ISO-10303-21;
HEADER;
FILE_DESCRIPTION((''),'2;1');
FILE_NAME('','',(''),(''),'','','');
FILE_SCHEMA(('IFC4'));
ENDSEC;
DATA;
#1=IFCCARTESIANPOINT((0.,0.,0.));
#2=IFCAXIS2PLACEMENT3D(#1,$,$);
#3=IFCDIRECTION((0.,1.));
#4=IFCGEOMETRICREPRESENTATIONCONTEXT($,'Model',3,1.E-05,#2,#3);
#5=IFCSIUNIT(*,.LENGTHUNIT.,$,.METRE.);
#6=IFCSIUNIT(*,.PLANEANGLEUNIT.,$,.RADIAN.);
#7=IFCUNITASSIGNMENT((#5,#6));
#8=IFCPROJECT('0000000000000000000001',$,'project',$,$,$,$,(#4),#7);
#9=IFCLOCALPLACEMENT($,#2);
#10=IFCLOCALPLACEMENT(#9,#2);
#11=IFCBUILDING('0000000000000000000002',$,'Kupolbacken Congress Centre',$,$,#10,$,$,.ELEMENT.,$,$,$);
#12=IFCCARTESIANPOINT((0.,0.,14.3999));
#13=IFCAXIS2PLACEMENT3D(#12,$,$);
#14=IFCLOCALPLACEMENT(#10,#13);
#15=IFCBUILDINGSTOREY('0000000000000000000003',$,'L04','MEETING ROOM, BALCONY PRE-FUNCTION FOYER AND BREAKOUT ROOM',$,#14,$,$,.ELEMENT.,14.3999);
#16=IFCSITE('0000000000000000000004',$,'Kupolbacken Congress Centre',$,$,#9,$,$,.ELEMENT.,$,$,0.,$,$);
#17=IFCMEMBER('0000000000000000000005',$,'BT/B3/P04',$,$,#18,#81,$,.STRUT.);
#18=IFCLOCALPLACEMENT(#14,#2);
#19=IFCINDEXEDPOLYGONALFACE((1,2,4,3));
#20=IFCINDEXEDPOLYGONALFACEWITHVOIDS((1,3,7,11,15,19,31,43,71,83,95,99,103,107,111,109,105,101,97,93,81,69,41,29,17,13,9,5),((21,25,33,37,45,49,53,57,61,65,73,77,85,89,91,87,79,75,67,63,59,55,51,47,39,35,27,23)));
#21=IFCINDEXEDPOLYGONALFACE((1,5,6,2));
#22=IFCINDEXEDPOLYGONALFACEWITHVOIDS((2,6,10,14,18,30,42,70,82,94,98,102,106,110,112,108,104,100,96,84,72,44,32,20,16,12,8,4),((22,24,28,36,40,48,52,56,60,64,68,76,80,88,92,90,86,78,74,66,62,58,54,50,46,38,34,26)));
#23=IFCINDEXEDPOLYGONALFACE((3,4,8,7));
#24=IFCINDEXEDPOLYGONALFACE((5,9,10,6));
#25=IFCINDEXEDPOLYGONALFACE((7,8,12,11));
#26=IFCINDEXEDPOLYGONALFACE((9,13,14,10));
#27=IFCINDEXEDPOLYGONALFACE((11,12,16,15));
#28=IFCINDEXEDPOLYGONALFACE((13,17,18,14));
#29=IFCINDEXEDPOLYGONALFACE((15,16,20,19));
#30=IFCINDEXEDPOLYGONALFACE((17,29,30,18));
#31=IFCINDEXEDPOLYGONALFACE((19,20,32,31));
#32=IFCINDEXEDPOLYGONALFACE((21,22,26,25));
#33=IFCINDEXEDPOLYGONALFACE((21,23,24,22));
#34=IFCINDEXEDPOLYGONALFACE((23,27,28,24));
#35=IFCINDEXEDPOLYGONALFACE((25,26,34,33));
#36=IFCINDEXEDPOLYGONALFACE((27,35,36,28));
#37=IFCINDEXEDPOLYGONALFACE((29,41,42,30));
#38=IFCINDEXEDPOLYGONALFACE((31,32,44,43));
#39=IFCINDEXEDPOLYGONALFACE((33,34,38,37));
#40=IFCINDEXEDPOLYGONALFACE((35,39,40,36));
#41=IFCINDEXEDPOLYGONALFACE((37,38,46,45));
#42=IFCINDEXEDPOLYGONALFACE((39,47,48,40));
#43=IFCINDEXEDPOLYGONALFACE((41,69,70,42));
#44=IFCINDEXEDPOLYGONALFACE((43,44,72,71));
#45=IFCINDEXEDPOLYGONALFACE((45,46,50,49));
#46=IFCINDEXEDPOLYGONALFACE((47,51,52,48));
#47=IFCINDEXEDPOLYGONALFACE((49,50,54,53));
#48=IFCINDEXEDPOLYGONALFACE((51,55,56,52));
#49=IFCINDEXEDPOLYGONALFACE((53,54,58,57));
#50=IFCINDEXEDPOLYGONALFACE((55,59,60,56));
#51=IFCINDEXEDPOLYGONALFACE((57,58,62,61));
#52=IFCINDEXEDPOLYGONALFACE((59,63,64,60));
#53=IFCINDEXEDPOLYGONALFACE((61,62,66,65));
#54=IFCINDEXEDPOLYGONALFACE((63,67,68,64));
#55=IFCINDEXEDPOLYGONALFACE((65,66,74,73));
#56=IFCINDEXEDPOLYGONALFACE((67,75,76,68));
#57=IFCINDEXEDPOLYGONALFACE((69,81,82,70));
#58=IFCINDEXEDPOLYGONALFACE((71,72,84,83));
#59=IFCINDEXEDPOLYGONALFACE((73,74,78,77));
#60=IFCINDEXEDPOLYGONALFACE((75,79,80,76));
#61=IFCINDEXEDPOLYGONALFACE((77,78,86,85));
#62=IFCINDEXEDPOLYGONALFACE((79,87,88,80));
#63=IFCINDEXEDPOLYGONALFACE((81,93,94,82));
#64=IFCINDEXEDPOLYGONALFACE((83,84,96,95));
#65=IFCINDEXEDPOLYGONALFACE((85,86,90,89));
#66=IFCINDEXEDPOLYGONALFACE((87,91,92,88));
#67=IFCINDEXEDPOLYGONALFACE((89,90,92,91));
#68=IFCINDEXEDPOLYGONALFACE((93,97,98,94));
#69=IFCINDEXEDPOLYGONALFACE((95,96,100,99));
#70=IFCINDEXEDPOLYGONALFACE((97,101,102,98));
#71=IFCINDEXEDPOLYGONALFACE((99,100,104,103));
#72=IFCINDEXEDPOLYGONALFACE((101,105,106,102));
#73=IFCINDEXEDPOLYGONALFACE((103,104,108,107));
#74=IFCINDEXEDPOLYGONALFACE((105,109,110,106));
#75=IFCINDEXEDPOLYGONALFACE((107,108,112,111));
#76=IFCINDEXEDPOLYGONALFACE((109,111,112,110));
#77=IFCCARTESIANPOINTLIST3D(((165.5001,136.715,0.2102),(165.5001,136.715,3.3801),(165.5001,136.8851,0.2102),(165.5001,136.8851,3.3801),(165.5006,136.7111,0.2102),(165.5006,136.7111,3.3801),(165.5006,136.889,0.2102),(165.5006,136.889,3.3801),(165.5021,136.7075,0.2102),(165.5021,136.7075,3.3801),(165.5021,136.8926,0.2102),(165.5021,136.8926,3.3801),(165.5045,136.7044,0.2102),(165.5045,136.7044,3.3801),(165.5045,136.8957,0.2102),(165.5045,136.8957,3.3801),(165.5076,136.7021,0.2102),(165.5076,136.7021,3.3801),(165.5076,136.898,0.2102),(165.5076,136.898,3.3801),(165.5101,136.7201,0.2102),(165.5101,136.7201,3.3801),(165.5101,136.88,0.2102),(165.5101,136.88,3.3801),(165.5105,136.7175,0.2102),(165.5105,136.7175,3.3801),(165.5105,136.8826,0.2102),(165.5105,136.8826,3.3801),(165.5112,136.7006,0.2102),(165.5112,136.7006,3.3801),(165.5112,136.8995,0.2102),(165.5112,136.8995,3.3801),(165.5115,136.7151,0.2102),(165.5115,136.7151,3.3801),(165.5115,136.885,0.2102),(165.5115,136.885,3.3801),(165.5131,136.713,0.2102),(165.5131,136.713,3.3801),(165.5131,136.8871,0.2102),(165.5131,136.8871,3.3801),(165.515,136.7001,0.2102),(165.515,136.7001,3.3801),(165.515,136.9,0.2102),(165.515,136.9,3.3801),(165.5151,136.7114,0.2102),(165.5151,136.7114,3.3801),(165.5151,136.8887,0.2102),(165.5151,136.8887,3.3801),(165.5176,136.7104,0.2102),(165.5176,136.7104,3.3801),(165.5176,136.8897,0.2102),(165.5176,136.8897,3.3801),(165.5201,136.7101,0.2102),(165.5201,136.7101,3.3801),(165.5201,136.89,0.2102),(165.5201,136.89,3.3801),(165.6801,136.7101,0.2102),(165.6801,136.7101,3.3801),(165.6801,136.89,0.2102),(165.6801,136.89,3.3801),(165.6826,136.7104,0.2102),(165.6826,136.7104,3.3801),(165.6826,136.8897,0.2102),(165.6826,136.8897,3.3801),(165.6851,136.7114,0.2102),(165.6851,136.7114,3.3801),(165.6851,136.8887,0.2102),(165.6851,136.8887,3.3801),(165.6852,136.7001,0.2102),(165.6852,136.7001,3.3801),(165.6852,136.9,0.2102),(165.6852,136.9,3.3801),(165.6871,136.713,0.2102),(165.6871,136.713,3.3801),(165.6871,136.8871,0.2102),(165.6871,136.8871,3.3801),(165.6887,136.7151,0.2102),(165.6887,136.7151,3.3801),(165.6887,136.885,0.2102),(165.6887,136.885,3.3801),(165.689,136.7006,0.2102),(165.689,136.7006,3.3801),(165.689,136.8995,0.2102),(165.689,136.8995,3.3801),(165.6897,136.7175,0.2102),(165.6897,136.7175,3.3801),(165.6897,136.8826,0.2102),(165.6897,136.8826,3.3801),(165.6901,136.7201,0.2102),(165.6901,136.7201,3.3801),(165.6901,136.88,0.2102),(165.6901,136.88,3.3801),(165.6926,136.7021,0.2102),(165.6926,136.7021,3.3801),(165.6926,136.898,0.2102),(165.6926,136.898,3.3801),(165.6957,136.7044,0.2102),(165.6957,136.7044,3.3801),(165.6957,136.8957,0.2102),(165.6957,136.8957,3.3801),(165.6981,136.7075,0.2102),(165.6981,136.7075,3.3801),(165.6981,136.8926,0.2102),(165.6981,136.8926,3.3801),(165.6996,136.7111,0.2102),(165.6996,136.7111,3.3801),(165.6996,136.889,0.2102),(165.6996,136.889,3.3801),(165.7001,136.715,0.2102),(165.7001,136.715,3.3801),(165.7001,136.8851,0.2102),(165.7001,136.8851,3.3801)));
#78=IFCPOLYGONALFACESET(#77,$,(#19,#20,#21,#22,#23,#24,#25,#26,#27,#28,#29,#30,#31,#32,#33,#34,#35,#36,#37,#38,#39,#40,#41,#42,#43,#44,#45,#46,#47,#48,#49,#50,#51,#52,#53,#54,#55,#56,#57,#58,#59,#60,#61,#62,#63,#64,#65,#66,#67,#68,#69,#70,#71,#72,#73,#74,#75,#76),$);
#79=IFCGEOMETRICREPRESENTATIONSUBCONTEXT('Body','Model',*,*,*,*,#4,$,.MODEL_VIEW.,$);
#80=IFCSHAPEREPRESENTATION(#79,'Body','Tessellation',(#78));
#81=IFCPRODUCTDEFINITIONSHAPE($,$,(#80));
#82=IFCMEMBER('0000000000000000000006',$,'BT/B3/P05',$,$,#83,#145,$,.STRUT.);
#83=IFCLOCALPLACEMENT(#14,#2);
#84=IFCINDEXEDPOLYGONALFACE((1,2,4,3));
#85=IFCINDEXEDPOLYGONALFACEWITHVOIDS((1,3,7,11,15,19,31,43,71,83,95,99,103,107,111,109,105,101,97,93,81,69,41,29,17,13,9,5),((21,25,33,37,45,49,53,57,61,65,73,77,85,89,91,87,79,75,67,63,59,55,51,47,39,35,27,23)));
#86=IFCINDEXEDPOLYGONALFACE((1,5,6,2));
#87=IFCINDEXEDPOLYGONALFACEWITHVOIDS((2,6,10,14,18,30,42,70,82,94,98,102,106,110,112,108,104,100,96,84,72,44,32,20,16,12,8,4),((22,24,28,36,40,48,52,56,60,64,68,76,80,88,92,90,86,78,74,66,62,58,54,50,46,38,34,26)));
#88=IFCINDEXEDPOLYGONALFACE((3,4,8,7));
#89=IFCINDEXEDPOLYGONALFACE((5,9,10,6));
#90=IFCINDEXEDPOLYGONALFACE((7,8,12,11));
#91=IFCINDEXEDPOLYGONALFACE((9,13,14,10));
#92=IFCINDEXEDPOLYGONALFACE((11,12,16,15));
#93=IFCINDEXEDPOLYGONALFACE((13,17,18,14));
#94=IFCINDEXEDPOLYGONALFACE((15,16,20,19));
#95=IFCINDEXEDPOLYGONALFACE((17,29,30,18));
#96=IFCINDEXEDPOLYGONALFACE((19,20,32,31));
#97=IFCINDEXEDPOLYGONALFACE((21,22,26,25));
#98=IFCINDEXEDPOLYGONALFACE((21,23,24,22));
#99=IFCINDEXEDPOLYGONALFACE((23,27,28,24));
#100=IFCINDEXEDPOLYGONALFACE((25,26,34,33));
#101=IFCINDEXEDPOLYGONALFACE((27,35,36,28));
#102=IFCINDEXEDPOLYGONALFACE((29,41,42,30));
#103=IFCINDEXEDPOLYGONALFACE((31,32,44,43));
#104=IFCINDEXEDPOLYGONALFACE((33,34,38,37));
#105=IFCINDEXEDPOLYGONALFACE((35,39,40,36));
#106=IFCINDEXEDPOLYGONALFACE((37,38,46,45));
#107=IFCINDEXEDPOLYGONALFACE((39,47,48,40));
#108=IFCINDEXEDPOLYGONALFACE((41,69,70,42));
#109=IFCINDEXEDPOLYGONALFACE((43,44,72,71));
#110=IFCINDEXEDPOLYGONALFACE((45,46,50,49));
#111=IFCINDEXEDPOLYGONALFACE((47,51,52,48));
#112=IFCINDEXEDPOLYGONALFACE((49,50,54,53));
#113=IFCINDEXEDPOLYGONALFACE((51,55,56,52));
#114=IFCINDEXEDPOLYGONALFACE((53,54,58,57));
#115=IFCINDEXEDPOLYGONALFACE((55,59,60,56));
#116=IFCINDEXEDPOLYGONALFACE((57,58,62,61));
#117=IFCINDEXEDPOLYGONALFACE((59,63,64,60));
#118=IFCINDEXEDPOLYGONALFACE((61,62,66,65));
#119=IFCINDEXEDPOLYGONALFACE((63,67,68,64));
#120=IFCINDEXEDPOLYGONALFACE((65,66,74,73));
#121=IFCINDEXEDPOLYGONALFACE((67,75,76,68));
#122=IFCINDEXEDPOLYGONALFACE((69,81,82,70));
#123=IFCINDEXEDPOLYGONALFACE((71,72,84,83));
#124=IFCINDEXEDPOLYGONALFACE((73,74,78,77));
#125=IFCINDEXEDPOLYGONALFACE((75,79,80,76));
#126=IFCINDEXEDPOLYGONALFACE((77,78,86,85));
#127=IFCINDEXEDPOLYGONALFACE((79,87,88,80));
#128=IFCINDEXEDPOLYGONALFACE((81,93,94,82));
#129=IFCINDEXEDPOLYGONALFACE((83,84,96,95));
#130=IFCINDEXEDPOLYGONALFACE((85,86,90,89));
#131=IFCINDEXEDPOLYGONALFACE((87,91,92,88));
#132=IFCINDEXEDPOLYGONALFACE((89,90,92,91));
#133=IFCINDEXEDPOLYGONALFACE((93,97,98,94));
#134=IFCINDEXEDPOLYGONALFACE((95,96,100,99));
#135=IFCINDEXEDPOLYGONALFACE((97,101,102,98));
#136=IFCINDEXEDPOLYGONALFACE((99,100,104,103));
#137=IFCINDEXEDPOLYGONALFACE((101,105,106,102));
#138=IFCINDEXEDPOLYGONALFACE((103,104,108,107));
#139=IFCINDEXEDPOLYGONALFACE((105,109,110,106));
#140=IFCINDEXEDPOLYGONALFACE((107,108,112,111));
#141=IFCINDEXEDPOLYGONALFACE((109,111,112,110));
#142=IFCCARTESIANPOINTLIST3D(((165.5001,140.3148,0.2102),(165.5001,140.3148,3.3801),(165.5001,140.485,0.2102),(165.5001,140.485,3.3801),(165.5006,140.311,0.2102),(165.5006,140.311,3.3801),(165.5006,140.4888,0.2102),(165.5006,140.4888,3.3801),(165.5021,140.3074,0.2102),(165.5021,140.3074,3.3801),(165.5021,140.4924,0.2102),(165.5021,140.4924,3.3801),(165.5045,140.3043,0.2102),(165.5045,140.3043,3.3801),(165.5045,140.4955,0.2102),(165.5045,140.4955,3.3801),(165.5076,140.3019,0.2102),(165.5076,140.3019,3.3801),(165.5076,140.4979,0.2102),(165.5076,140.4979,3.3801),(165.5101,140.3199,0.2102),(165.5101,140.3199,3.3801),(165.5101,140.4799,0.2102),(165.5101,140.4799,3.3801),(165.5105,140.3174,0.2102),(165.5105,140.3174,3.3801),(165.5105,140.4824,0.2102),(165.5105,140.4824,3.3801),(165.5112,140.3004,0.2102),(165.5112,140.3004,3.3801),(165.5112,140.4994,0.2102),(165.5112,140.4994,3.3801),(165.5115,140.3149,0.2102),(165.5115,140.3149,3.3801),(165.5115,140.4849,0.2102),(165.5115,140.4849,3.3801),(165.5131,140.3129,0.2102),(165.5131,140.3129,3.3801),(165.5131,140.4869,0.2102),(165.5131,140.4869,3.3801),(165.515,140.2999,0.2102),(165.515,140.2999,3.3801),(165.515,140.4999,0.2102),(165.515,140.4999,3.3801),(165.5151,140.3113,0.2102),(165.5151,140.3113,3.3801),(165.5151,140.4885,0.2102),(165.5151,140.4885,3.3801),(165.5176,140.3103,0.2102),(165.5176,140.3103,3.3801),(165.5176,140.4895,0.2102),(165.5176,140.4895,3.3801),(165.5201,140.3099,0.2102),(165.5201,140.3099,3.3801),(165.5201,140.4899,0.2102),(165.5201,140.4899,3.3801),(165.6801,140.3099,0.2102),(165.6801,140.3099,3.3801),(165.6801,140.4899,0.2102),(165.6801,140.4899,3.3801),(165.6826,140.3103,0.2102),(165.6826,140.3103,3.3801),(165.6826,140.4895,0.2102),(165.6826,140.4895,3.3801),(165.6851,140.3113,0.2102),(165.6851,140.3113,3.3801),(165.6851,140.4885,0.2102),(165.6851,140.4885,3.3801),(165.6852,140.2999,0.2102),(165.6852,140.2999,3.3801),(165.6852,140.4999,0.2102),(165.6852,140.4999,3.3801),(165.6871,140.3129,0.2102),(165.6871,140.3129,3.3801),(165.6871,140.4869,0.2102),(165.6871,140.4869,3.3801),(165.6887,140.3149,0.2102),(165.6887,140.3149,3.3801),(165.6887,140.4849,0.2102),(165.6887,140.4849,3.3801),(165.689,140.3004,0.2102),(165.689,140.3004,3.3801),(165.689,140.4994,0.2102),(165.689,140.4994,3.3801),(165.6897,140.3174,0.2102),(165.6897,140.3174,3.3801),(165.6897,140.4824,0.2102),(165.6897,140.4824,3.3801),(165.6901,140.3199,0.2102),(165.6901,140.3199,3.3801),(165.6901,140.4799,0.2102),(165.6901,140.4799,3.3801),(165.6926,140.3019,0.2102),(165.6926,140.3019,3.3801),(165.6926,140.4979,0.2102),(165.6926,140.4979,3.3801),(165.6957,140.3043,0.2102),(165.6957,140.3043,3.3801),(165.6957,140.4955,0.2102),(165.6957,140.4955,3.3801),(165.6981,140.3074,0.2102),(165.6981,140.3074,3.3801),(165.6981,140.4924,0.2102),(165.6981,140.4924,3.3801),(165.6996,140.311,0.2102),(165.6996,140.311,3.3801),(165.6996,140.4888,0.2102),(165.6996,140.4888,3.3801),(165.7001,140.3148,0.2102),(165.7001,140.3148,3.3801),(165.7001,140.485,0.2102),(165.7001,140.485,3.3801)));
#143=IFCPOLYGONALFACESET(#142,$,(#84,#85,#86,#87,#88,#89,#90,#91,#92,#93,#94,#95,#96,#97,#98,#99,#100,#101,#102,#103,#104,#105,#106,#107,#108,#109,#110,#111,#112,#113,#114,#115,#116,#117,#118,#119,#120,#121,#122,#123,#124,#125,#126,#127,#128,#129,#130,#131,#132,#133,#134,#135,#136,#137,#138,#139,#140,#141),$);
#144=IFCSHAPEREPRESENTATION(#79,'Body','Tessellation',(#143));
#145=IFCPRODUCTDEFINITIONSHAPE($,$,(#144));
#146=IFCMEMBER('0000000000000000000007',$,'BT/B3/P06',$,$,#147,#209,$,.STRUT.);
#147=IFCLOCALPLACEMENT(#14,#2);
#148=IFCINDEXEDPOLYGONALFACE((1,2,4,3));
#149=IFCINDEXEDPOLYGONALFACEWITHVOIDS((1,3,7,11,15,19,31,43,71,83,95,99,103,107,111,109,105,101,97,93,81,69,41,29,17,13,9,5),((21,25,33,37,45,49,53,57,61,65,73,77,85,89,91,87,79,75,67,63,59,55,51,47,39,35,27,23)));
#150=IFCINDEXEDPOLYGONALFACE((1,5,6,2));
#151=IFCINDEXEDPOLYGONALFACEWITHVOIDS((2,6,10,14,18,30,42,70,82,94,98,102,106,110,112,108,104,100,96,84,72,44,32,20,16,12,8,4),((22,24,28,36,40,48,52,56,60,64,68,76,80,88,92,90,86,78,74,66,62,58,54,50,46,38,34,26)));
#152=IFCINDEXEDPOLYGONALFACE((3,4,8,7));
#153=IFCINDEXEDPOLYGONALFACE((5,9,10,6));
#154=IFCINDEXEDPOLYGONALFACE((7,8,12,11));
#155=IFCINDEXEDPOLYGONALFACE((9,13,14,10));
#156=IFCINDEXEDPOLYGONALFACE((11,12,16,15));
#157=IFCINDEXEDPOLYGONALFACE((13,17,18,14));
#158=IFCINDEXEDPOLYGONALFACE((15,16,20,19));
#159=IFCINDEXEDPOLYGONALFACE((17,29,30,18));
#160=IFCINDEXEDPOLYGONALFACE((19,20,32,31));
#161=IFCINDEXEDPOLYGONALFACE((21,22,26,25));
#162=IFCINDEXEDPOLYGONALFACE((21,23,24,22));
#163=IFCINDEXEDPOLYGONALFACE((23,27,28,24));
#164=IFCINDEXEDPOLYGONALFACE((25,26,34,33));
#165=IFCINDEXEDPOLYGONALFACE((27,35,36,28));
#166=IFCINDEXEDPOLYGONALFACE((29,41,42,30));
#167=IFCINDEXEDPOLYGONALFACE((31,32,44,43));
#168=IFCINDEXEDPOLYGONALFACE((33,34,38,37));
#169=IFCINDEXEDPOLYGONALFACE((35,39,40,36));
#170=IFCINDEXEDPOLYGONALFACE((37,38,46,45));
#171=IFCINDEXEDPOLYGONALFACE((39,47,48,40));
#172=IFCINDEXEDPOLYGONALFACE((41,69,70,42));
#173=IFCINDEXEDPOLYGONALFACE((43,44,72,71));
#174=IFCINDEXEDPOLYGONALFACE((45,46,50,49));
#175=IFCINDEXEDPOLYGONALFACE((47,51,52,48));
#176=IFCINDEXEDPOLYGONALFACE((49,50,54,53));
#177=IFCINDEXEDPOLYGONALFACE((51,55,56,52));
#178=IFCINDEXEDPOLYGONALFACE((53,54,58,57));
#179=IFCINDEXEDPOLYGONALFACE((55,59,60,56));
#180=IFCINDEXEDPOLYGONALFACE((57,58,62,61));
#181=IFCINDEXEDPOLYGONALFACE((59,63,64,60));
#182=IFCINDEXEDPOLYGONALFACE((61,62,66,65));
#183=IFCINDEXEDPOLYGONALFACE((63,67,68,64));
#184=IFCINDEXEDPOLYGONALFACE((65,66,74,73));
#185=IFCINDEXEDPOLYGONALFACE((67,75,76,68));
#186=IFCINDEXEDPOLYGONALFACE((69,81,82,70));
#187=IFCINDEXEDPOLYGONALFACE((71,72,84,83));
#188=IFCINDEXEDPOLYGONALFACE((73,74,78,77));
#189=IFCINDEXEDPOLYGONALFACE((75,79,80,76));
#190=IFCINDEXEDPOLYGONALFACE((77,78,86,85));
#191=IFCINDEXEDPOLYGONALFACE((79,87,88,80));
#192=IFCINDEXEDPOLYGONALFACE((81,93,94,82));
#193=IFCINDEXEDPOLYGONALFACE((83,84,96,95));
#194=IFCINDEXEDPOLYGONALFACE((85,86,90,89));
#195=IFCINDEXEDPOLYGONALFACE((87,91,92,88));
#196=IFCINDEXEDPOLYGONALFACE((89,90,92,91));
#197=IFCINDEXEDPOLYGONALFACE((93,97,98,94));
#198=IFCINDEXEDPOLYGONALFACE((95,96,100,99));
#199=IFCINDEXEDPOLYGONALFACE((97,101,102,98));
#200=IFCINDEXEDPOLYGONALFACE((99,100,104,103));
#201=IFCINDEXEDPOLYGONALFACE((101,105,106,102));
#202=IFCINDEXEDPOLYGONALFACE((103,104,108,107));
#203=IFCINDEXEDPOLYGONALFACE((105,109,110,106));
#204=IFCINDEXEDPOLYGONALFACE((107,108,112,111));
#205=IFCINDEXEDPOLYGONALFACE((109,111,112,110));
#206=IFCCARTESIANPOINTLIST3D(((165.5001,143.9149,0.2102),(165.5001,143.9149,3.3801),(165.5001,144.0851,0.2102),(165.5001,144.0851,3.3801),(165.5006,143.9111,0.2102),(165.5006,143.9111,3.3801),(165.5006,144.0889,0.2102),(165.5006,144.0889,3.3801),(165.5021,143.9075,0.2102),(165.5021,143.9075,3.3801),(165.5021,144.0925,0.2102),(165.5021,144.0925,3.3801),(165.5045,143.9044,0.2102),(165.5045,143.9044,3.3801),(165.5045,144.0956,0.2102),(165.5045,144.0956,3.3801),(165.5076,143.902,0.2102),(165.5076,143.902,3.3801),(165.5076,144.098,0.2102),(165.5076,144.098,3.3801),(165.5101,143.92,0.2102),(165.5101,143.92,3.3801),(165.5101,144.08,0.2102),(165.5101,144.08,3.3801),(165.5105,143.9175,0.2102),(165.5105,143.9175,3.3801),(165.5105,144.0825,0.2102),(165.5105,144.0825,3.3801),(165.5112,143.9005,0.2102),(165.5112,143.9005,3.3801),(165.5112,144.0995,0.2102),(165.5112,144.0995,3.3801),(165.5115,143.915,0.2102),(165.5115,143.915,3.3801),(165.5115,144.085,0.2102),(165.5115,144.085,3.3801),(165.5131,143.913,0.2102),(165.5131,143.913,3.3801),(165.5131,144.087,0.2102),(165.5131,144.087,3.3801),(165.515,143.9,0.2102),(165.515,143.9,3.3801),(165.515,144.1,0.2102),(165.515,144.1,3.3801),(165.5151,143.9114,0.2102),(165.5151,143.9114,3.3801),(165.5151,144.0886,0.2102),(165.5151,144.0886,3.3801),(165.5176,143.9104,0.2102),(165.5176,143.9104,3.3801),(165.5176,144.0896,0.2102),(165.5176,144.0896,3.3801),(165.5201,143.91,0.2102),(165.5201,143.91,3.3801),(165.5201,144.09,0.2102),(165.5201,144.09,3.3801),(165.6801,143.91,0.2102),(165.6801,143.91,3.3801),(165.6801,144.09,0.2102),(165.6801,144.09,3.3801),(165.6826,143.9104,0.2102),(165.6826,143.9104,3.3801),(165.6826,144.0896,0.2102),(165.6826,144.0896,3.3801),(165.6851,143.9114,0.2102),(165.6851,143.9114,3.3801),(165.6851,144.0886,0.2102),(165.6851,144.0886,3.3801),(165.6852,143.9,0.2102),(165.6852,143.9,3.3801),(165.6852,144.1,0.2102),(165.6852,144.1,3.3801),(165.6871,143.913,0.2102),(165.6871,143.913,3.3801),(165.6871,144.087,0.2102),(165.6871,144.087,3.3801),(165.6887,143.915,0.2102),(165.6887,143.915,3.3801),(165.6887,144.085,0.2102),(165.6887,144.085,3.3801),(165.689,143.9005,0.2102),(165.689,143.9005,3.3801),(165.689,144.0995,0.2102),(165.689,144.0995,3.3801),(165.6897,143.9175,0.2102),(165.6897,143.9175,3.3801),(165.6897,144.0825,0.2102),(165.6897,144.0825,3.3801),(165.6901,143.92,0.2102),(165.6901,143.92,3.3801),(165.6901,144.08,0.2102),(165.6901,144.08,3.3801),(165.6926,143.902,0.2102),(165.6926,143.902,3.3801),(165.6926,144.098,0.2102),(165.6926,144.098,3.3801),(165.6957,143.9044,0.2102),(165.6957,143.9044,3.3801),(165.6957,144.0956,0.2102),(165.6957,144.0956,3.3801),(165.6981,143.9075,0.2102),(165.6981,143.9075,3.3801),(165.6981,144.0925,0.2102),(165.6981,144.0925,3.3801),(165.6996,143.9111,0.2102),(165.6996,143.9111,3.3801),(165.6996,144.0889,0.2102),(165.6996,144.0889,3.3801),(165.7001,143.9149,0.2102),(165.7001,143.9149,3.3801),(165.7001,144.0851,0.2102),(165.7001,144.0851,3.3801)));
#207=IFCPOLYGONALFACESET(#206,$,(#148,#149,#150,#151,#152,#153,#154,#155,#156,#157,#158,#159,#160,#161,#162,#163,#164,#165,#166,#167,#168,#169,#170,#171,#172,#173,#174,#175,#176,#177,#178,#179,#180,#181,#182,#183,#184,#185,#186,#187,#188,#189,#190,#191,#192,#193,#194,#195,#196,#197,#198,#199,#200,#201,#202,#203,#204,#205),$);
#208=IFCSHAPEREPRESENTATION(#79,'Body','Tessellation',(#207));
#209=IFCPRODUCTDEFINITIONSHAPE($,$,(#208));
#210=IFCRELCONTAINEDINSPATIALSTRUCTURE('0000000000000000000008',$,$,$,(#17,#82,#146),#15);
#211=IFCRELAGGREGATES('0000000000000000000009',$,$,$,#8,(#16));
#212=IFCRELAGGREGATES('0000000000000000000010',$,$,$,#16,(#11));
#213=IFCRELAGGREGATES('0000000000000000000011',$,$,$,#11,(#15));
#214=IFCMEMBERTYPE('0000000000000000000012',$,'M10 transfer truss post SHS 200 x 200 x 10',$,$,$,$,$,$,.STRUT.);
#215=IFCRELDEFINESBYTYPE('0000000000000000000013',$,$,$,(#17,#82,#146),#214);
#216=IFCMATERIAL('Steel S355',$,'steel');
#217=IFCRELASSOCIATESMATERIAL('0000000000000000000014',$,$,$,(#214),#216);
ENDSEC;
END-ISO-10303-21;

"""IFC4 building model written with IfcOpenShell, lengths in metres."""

from ifc_helpers import new_model, si_unit, direction, frame, origin, origin_2d, place, context, subcontext, project, spatial, hollow_rectangle, extrude, material, material_profile, profile_set, type_object, element, save


model = new_model("IFC4")

# Units and contexts
model_context = context("Model", 3, precision=1e-05, world=origin(), true_north=direction((0.0, 1.0)))
body_context = subcontext(model_context, "Body", "Model", "MODEL_VIEW")
ifc_project = project(units=[si_unit("LENGTHUNIT", "METRE"), si_unit("PLANEANGLEUNIT", "RADIAN")], contexts=[model_context])

# Site, building, storey
site_placement = place(None, origin())
site = spatial("IfcSite", under=ifc_project, at=site_placement, Name="Kupolbacken Congress Centre", CompositionType="ELEMENT", RefElevation=0.0)
building_placement = place(site_placement, origin())
building = spatial("IfcBuilding", under=site, at=building_placement, Name="Kupolbacken Congress Centre", CompositionType="ELEMENT")
storey_placement = place(building_placement, frame((0.0, 0.0, 14.3999)))
storey = spatial("IfcBuildingStorey", under=building, at=storey_placement, Name="L04", Description="MEETING ROOM, BALCONY PRE-FUNCTION FOYER AND BREAKOUT ROOM", CompositionType="ELEMENT", Elevation=14.3999)

# Members
ifc_material_1 = material(Name="Steel S355", Category="steel")
ifc_material_profile_1 = material_profile(ifc_material_1, hollow_rectangle(XDim=0.2, YDim=0.2, WallThickness=0.01, InnerFilletRadius=0.01, OuterFilletRadius=0.0149, at=origin_2d()), Name="SHS 200 x 200 x 10")
ifc_profile_set_1 = profile_set([ifc_material_profile_1], Name="Steel S355")
member_type_1 = type_object("IfcMemberType", Name="M10 transfer truss post SHS 200 x 200 x 10", PredefinedType="STRUT", material=ifc_profile_set_1)
for number, where, z_axis, x_axis, name in (
    (1, (165.6001, 136.8, 0.2102), (0.0, 0.0, 1.0), (0.0, 1.0, 0.0), "BT/B3/P04"),
    (2, (165.6001, 140.3999, 0.2102), (0.0, 0.0, 1.0), (0.0, 1.0, 0.0), "BT/B3/P05"),
    (3, (165.6001, 144.0, 0.2102), (0.0, 0.0, 1.0), (0.0, 1.0, 0.0), "BT/B3/P06"),
):
    element("IfcMember", number, at=place(storey_placement, frame(where, z_axis=z_axis, x_axis=x_axis)), inside=storey, type_object=member_type_1, Name=name, PredefinedType="STRUT", context=body_context, shape_type="SweptSolid", body=[
        extrude(hollow_rectangle(XDim=0.2, YDim=0.2, WallThickness=0.01, InnerFilletRadius=0.01, OuterFilletRadius=0.0149, at=origin_2d()), origin(), (0.0, 0.0, 1.0), 3.1699),
    ])

save(model, "model.ifc")
